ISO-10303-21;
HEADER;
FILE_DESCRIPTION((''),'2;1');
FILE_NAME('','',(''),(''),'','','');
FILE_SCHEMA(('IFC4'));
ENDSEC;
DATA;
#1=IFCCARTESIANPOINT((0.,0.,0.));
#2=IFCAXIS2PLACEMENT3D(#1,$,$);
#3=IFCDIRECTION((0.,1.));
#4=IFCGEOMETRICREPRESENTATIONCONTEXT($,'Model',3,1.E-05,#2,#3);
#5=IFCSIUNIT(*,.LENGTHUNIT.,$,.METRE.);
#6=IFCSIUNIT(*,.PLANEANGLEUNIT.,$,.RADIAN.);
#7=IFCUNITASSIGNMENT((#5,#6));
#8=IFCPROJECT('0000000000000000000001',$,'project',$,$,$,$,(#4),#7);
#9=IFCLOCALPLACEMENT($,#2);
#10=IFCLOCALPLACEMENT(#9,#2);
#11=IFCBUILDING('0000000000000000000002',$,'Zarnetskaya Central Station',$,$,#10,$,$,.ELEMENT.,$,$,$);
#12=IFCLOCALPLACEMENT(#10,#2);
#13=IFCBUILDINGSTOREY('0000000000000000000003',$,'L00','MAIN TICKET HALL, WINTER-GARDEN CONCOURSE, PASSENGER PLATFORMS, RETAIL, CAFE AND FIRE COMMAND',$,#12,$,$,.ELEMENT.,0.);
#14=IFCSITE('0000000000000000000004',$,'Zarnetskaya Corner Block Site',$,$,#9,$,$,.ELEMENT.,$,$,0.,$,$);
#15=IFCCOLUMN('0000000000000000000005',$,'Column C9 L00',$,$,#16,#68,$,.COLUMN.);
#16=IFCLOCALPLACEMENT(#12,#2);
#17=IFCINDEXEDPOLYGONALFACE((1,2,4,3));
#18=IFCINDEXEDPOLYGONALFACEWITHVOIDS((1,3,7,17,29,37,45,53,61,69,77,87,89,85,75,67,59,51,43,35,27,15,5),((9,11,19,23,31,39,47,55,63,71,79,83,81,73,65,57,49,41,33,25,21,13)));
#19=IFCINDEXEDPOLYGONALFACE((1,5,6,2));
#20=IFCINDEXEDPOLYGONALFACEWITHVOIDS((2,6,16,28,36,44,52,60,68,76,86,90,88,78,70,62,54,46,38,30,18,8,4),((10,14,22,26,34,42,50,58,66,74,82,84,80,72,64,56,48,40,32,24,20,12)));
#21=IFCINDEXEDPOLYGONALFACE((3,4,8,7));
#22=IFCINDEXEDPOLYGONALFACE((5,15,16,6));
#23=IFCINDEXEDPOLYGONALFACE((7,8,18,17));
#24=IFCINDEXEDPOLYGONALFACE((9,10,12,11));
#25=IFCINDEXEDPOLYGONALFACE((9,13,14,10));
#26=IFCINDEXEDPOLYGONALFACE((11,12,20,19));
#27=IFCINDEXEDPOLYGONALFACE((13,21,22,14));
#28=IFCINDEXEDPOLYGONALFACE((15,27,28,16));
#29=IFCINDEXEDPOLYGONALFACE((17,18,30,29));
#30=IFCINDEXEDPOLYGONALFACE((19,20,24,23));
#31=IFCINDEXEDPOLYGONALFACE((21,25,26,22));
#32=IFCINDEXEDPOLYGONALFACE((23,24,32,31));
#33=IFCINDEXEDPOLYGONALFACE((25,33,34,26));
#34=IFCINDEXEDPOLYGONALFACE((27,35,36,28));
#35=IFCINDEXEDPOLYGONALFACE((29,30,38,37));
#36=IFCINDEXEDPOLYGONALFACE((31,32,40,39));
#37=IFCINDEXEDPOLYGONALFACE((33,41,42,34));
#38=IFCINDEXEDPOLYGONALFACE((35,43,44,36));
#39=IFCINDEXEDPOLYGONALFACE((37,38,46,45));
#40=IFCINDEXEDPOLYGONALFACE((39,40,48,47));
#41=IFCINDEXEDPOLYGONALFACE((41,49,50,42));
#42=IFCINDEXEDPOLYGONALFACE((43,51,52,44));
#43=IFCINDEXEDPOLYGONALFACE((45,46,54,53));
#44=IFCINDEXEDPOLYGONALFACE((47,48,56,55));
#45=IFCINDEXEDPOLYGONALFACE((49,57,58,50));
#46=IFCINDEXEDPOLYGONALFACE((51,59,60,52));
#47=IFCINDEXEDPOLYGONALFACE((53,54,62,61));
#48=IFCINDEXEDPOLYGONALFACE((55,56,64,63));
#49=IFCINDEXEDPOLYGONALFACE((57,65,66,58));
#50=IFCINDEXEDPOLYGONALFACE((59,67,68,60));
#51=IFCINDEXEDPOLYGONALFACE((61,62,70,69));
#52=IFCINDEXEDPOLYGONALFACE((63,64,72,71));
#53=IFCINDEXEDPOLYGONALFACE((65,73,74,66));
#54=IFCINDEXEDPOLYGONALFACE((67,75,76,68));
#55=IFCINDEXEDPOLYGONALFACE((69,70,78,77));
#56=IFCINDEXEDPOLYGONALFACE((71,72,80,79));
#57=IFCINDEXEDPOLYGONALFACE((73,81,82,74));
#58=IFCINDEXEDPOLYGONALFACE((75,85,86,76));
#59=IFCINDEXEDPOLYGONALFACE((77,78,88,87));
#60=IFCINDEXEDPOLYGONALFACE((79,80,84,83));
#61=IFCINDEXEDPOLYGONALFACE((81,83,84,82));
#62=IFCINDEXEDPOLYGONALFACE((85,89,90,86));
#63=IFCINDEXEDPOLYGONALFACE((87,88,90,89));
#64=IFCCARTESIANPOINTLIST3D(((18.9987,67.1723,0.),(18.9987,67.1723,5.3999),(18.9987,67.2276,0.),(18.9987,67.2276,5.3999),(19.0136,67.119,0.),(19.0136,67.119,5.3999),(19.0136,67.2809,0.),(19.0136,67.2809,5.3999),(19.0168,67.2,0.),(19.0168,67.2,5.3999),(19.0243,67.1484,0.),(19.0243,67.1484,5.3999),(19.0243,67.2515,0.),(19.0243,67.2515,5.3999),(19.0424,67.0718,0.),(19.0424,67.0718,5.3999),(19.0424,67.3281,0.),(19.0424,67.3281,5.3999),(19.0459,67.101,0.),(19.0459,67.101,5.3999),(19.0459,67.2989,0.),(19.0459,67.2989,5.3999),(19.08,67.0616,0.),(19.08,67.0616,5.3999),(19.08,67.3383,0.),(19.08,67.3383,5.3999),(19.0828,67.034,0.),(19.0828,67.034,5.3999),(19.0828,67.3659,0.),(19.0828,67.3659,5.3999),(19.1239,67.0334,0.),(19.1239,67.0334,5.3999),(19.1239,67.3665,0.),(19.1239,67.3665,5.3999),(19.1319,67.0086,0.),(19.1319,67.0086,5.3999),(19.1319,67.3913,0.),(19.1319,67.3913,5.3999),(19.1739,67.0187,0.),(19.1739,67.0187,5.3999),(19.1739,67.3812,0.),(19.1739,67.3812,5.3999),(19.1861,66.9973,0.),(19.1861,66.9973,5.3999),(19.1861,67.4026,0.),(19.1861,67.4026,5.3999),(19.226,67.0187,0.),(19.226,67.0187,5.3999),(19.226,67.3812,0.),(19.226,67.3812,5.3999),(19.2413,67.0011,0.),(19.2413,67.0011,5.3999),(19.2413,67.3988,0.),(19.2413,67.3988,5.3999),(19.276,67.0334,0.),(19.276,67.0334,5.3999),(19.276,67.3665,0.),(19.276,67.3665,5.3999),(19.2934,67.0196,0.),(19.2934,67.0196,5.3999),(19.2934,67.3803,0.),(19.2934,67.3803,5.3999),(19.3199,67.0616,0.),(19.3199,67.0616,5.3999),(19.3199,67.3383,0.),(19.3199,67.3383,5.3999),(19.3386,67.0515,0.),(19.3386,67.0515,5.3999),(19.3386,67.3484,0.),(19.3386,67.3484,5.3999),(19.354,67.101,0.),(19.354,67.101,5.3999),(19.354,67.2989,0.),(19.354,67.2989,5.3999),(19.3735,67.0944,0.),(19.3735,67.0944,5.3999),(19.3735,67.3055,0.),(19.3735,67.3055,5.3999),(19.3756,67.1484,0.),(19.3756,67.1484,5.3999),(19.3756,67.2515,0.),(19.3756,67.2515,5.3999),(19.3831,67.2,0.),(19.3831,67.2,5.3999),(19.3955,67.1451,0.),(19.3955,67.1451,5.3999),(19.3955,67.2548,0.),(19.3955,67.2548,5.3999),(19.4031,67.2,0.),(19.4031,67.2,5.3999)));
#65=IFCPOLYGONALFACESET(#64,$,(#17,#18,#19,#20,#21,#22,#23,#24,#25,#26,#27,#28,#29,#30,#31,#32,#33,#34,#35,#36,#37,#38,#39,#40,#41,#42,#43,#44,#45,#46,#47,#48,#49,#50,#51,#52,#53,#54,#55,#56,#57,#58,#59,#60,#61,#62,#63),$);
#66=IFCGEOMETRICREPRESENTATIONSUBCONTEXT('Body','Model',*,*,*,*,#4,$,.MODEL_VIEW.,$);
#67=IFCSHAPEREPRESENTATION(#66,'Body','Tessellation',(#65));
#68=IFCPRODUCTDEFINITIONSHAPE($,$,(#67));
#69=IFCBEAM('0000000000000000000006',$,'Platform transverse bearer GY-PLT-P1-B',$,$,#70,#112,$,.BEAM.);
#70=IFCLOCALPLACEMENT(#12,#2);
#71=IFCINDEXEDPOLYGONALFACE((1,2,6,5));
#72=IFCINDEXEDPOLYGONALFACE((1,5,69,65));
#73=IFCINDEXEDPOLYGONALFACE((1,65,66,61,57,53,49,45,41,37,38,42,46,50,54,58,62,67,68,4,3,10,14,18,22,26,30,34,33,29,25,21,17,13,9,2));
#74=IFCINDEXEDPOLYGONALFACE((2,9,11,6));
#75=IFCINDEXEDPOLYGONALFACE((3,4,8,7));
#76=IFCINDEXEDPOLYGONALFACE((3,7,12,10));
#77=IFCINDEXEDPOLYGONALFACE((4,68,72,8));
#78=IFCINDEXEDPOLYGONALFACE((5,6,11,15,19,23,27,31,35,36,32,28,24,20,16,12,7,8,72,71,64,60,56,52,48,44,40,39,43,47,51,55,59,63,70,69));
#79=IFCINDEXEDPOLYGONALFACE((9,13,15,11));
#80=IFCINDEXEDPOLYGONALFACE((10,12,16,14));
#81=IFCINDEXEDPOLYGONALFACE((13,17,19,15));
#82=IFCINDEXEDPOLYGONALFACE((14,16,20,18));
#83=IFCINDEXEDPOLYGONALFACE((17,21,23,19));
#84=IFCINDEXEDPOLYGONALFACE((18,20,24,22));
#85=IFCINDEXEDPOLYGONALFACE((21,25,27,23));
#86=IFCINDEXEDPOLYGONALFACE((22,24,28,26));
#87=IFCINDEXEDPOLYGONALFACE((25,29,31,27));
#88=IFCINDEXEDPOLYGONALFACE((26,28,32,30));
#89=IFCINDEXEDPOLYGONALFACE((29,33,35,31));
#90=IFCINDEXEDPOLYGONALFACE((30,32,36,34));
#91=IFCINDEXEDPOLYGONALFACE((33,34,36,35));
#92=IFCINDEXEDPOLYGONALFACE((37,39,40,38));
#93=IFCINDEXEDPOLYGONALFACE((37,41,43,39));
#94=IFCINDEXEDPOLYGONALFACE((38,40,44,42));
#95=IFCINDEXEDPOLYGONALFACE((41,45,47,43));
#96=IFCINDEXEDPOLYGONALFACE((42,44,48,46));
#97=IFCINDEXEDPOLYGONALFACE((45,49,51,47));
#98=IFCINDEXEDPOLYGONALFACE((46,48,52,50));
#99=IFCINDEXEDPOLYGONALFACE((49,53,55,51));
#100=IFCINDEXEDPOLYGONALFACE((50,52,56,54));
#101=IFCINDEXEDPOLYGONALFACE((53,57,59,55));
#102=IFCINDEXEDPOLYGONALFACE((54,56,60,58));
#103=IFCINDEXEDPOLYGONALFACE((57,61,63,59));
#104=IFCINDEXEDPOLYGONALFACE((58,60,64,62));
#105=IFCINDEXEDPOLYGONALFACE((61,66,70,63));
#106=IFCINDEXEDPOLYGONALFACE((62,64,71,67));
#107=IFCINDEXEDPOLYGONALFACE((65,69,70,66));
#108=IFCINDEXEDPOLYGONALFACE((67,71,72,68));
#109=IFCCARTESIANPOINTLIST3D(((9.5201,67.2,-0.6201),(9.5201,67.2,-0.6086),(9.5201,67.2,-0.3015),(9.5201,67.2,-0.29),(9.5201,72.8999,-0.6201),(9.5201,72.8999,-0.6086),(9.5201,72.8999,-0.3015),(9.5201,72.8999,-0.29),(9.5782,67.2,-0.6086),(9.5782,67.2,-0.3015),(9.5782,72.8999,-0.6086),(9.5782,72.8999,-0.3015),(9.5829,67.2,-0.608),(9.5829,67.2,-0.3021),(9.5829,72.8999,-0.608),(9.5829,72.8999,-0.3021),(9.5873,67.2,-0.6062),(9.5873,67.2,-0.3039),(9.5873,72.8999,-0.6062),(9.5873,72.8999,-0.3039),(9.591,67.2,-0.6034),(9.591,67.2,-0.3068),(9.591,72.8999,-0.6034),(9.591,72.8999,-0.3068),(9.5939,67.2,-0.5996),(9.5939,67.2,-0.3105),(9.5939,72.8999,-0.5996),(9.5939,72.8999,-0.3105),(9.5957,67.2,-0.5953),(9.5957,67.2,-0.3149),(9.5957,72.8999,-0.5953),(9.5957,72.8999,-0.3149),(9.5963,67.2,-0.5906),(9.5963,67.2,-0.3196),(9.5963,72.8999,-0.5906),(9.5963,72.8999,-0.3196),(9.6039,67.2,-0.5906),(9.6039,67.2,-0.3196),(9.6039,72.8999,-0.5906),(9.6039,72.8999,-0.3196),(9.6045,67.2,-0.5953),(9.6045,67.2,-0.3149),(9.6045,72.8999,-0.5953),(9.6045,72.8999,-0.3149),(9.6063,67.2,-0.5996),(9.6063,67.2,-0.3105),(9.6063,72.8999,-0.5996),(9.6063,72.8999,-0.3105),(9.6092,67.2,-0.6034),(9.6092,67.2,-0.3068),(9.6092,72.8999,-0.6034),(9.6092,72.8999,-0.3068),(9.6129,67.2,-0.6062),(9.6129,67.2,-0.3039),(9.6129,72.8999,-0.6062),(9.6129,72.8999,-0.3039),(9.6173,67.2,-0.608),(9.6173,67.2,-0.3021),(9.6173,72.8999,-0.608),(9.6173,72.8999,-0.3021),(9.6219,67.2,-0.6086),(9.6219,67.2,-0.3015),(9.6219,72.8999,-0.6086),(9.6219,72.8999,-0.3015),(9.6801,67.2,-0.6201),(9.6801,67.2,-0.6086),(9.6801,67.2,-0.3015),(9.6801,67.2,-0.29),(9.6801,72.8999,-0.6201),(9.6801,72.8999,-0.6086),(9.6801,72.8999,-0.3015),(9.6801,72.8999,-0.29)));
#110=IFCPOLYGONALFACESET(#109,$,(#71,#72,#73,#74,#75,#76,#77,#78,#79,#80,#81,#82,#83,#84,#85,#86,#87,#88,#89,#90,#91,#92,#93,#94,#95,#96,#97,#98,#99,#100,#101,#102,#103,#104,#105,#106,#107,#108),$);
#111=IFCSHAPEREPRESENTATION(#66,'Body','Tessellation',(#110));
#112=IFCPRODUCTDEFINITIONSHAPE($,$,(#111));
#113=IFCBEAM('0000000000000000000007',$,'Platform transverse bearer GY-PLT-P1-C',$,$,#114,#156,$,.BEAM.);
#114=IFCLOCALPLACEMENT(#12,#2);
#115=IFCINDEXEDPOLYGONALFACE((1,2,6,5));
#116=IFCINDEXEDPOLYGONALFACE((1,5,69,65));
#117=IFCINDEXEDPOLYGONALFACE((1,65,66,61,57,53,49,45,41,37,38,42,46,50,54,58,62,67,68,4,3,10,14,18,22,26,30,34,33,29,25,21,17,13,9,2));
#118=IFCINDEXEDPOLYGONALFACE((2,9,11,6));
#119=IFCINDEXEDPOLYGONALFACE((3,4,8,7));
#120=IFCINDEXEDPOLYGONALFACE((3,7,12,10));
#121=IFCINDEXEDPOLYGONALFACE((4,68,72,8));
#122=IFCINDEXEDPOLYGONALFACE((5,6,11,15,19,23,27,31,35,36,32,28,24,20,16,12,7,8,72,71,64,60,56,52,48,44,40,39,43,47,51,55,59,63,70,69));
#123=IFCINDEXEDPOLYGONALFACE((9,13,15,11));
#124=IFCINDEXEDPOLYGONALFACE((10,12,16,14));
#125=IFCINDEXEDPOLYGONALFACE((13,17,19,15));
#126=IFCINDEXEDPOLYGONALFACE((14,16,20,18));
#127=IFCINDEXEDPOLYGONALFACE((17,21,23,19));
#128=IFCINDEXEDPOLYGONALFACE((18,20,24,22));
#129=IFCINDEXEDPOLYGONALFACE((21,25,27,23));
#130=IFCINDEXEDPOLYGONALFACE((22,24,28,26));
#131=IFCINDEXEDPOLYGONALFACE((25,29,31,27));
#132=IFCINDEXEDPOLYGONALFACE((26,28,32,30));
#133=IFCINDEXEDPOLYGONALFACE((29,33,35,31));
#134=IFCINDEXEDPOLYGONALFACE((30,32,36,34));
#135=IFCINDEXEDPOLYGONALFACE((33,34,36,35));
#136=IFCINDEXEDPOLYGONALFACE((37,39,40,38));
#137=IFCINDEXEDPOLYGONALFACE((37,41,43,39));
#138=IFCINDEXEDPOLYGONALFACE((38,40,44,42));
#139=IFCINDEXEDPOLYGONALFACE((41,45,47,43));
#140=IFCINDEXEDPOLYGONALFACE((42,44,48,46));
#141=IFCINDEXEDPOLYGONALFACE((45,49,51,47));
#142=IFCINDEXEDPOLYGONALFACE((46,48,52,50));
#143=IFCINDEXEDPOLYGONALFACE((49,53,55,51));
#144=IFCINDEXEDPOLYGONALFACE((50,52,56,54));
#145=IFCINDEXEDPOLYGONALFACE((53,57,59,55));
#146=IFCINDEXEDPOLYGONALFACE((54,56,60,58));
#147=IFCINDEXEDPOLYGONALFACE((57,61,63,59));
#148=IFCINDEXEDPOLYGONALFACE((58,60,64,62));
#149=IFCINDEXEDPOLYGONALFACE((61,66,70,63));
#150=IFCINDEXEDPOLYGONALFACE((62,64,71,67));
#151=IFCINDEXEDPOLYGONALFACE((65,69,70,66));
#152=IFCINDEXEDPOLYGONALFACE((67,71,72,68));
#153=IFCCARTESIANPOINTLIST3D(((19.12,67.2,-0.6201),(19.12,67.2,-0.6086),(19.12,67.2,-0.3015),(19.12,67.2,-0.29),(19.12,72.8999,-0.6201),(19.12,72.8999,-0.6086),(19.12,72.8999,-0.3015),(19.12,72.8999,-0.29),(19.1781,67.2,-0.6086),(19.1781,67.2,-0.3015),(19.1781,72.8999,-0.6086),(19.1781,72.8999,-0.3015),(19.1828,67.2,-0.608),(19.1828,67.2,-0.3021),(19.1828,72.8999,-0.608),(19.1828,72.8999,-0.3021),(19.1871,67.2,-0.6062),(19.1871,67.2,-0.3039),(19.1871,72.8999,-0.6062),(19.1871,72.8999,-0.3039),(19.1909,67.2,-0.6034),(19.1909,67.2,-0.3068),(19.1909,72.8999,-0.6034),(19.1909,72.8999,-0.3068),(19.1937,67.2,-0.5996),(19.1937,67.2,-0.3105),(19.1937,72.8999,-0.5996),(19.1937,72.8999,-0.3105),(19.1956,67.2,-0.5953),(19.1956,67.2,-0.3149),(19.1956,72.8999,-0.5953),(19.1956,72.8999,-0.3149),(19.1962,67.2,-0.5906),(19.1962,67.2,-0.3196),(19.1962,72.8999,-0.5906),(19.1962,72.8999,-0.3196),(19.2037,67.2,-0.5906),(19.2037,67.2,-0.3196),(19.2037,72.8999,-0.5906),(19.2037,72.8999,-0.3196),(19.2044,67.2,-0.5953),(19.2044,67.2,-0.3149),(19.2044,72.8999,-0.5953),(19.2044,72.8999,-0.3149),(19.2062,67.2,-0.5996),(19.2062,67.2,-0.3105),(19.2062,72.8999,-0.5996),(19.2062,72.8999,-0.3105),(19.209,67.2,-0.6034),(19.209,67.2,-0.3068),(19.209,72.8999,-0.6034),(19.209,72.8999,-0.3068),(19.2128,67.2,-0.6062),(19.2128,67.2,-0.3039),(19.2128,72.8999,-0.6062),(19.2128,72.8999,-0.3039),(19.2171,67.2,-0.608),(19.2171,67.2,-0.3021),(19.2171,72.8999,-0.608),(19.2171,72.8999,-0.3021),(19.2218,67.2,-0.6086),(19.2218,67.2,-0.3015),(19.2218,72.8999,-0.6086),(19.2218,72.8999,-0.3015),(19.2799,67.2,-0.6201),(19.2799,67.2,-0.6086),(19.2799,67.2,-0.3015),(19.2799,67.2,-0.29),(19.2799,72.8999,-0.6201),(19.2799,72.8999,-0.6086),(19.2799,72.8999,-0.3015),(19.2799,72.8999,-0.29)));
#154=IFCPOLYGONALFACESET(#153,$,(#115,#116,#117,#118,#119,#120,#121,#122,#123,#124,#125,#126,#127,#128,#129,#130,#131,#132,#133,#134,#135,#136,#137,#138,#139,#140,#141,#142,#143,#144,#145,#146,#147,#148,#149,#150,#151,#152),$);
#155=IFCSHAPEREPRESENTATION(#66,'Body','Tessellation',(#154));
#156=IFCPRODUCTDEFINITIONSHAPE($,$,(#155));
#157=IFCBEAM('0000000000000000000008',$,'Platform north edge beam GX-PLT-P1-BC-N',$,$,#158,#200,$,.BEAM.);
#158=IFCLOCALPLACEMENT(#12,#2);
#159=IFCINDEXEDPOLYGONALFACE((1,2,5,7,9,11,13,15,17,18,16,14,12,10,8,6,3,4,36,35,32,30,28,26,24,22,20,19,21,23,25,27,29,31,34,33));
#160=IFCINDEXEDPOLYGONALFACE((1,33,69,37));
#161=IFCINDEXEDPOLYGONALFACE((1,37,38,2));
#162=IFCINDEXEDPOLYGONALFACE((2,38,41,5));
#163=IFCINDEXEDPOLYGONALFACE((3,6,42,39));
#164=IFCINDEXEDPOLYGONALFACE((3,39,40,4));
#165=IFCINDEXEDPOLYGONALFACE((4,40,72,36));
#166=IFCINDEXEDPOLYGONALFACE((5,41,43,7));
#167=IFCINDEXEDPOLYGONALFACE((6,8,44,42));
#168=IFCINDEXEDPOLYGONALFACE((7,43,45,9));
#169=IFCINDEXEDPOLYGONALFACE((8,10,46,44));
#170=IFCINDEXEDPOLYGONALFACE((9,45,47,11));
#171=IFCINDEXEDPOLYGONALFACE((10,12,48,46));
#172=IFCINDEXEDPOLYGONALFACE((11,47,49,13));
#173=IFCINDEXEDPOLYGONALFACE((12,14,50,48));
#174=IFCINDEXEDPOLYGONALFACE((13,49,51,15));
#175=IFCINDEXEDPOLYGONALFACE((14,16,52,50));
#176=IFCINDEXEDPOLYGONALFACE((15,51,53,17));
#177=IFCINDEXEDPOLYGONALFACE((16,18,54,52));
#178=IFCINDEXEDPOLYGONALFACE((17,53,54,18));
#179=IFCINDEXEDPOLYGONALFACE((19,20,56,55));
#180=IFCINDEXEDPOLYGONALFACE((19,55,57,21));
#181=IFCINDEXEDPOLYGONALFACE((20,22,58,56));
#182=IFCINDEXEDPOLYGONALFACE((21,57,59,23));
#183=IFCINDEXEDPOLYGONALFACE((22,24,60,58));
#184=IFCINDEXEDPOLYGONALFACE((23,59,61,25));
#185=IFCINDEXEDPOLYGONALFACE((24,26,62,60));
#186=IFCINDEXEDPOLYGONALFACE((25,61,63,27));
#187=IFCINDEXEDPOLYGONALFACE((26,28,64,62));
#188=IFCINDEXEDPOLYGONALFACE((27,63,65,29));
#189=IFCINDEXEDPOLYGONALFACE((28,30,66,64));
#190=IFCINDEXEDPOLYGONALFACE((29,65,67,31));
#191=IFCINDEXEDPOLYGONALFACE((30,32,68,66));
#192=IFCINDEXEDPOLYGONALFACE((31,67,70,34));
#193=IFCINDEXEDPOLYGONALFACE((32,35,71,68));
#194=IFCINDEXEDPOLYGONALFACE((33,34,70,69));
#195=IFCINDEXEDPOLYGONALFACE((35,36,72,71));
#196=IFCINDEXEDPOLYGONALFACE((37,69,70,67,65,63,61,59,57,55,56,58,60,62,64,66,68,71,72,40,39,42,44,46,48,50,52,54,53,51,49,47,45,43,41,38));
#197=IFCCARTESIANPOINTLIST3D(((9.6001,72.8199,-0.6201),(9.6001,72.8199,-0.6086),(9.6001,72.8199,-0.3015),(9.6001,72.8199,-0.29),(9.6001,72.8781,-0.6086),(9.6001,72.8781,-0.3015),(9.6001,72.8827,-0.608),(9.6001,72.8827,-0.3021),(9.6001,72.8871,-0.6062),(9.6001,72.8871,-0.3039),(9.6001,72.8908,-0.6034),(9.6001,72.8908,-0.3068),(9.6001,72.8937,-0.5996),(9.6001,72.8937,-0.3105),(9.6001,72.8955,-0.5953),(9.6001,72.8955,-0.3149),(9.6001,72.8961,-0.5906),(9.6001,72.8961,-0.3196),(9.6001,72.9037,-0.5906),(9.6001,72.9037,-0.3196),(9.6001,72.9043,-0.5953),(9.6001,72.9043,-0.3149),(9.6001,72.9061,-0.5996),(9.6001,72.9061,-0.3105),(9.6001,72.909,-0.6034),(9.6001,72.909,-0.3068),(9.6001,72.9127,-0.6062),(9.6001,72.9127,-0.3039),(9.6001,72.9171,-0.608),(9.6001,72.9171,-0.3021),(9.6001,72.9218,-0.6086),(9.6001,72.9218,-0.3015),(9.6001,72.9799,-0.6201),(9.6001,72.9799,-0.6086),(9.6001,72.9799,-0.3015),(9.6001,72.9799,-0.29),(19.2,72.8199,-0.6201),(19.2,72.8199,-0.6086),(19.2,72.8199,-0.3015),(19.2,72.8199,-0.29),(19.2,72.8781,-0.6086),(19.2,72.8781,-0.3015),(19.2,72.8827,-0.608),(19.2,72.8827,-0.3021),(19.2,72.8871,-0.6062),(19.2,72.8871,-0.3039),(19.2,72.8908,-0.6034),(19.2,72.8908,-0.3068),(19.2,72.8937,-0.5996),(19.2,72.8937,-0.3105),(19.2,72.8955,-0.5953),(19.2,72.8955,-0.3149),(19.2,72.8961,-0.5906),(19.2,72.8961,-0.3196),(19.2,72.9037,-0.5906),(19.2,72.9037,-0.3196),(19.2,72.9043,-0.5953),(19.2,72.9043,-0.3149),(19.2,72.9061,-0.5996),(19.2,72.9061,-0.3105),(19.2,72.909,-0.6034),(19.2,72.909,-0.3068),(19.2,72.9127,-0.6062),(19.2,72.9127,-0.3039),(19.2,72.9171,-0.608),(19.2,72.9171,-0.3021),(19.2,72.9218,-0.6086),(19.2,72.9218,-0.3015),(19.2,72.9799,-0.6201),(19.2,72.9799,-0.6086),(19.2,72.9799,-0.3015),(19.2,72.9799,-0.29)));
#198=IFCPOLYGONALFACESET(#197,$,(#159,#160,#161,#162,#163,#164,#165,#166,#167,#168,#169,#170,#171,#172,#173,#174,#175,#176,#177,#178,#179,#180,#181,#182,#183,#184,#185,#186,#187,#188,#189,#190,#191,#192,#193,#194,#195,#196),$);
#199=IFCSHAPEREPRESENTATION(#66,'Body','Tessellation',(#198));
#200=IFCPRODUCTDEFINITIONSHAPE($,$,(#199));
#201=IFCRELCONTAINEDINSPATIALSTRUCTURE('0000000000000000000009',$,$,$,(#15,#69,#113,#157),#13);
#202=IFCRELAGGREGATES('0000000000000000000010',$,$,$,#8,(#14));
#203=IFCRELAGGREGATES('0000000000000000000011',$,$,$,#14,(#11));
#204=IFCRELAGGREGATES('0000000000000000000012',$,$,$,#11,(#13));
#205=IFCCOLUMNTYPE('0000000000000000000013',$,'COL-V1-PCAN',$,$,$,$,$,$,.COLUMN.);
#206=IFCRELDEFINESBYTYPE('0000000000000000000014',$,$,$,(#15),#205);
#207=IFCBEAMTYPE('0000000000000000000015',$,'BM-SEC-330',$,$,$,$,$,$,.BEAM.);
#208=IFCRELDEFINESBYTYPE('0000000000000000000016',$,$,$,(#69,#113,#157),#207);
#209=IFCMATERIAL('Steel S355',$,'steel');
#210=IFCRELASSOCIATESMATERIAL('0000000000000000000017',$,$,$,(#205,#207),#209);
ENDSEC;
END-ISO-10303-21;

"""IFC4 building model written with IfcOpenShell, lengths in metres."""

from ifc_helpers import new_model, si_unit, direction, frame, origin, origin_2d, place, context, subcontext, project, spatial, hollow_circle, i_section, extrude, material, material_profile, profile_set, type_object, element, save


model = new_model("IFC4")

# Units and contexts
model_context = context("Model", 3, precision=1e-05, world=origin(), true_north=direction((0.0, 1.0)))
body_context = subcontext(model_context, "Body", "Model", "MODEL_VIEW")
ifc_project = project(units=[si_unit("LENGTHUNIT", "METRE"), si_unit("PLANEANGLEUNIT", "RADIAN")], contexts=[model_context])

# Site, building, storey
site_placement = place(None, origin())
site = spatial("IfcSite", under=ifc_project, at=site_placement, Name="Zarnetskaya Corner Block Site", CompositionType="ELEMENT", RefElevation=0.0)
building_placement = place(site_placement, origin())
building = spatial("IfcBuilding", under=site, at=building_placement, Name="Zarnetskaya Central Station", CompositionType="ELEMENT")
storey_placement = place(building_placement, origin())
storey = spatial("IfcBuildingStorey", under=building, at=storey_placement, Name="L00", Description="MAIN TICKET HALL, WINTER-GARDEN CONCOURSE, PASSENGER PLATFORMS, RETAIL, CAFE AND FIRE COMMAND", CompositionType="ELEMENT", Elevation=0.0)

# Column
ifc_material_1 = material(Name="Steel S355", Category="steel")
ifc_material_profile_1 = material_profile(ifc_material_1, hollow_circle(Radius=0.2031, WallThickness=0.02, at=origin_2d()), Name="CHS 406.4x20")
ifc_profile_set_1 = profile_set([ifc_material_profile_1], Name="Steel S355")
column_type = type_object("IfcColumnType", Name="COL-V1-PCAN", PredefinedType="COLUMN", material=ifc_profile_set_1)
column_1_placement = place(storey_placement, frame((19.2, 67.2, 0.0), z_axis=(0.0, 0.0, 1.0), x_axis=(1.0, 0.0, 0.0)))
element("IfcColumn", 1, at=column_1_placement, inside=storey, type_object=column_type, Name="Column C9 L00", PredefinedType="COLUMN", context=body_context, shape_type="SweptSolid", body=[
    extrude(hollow_circle(Radius=0.2031, WallThickness=0.02, at=origin_2d()), origin(), (0.0, 0.0, 1.0), 5.3999),
])

# Beams
ifc_material_profile_2 = material_profile(ifc_material_1, i_section(OverallWidth=0.1599, OverallDepth=0.3301, WebThickness=0.0076, FlangeThickness=0.0115, FilletRadius=0.0181, at=origin_2d()), Name="IPE 330")
ifc_profile_set_2 = profile_set([ifc_material_profile_2], Name="Steel S355")
beam_type_1 = type_object("IfcBeamType", Name="BM-SEC-330", PredefinedType="BEAM", material=ifc_profile_set_2)
for number, where, z_axis, x_axis, name in (
    (2, (9.6001, 67.2, -0.4551), (0.0, 1.0, 0.0), (-1.0, 0.0, 0.0), "Platform transverse bearer GY-PLT-P1-B"),
    (3, (19.2, 67.2, -0.4551), (0.0, 1.0, 0.0), (-1.0, 0.0, 0.0), "Platform transverse bearer GY-PLT-P1-C"),
):
    element("IfcBeam", number, at=place(storey_placement, frame(where, z_axis=z_axis, x_axis=x_axis)), inside=storey, type_object=beam_type_1, Name=name, PredefinedType="BEAM", context=body_context, shape_type="SweptSolid", body=[
        extrude(i_section(OverallWidth=0.1599, OverallDepth=0.3301, WebThickness=0.0076, FlangeThickness=0.0115, FilletRadius=0.0181, at=origin_2d()), origin(), (0.0, 0.0, 1.0), 5.7),
    ])
beam_1_placement = place(storey_placement, frame((9.6001, 72.8999, -0.4551), z_axis=(1.0, 0.0, 0.0), x_axis=(0.0, 1.0, 0.0)))
element("IfcBeam", 4, at=beam_1_placement, inside=storey, type_object=beam_type_1, Name="Platform north edge beam GX-PLT-P1-BC-N", PredefinedType="BEAM", context=body_context, shape_type="SweptSolid", body=[
    extrude(i_section(OverallWidth=0.1599, OverallDepth=0.3301, WebThickness=0.0076, FlangeThickness=0.0115, FilletRadius=0.0181, at=origin_2d()), origin(), (0.0, 0.0, 1.0), 9.5999),
])

save(model, "model.ifc")
